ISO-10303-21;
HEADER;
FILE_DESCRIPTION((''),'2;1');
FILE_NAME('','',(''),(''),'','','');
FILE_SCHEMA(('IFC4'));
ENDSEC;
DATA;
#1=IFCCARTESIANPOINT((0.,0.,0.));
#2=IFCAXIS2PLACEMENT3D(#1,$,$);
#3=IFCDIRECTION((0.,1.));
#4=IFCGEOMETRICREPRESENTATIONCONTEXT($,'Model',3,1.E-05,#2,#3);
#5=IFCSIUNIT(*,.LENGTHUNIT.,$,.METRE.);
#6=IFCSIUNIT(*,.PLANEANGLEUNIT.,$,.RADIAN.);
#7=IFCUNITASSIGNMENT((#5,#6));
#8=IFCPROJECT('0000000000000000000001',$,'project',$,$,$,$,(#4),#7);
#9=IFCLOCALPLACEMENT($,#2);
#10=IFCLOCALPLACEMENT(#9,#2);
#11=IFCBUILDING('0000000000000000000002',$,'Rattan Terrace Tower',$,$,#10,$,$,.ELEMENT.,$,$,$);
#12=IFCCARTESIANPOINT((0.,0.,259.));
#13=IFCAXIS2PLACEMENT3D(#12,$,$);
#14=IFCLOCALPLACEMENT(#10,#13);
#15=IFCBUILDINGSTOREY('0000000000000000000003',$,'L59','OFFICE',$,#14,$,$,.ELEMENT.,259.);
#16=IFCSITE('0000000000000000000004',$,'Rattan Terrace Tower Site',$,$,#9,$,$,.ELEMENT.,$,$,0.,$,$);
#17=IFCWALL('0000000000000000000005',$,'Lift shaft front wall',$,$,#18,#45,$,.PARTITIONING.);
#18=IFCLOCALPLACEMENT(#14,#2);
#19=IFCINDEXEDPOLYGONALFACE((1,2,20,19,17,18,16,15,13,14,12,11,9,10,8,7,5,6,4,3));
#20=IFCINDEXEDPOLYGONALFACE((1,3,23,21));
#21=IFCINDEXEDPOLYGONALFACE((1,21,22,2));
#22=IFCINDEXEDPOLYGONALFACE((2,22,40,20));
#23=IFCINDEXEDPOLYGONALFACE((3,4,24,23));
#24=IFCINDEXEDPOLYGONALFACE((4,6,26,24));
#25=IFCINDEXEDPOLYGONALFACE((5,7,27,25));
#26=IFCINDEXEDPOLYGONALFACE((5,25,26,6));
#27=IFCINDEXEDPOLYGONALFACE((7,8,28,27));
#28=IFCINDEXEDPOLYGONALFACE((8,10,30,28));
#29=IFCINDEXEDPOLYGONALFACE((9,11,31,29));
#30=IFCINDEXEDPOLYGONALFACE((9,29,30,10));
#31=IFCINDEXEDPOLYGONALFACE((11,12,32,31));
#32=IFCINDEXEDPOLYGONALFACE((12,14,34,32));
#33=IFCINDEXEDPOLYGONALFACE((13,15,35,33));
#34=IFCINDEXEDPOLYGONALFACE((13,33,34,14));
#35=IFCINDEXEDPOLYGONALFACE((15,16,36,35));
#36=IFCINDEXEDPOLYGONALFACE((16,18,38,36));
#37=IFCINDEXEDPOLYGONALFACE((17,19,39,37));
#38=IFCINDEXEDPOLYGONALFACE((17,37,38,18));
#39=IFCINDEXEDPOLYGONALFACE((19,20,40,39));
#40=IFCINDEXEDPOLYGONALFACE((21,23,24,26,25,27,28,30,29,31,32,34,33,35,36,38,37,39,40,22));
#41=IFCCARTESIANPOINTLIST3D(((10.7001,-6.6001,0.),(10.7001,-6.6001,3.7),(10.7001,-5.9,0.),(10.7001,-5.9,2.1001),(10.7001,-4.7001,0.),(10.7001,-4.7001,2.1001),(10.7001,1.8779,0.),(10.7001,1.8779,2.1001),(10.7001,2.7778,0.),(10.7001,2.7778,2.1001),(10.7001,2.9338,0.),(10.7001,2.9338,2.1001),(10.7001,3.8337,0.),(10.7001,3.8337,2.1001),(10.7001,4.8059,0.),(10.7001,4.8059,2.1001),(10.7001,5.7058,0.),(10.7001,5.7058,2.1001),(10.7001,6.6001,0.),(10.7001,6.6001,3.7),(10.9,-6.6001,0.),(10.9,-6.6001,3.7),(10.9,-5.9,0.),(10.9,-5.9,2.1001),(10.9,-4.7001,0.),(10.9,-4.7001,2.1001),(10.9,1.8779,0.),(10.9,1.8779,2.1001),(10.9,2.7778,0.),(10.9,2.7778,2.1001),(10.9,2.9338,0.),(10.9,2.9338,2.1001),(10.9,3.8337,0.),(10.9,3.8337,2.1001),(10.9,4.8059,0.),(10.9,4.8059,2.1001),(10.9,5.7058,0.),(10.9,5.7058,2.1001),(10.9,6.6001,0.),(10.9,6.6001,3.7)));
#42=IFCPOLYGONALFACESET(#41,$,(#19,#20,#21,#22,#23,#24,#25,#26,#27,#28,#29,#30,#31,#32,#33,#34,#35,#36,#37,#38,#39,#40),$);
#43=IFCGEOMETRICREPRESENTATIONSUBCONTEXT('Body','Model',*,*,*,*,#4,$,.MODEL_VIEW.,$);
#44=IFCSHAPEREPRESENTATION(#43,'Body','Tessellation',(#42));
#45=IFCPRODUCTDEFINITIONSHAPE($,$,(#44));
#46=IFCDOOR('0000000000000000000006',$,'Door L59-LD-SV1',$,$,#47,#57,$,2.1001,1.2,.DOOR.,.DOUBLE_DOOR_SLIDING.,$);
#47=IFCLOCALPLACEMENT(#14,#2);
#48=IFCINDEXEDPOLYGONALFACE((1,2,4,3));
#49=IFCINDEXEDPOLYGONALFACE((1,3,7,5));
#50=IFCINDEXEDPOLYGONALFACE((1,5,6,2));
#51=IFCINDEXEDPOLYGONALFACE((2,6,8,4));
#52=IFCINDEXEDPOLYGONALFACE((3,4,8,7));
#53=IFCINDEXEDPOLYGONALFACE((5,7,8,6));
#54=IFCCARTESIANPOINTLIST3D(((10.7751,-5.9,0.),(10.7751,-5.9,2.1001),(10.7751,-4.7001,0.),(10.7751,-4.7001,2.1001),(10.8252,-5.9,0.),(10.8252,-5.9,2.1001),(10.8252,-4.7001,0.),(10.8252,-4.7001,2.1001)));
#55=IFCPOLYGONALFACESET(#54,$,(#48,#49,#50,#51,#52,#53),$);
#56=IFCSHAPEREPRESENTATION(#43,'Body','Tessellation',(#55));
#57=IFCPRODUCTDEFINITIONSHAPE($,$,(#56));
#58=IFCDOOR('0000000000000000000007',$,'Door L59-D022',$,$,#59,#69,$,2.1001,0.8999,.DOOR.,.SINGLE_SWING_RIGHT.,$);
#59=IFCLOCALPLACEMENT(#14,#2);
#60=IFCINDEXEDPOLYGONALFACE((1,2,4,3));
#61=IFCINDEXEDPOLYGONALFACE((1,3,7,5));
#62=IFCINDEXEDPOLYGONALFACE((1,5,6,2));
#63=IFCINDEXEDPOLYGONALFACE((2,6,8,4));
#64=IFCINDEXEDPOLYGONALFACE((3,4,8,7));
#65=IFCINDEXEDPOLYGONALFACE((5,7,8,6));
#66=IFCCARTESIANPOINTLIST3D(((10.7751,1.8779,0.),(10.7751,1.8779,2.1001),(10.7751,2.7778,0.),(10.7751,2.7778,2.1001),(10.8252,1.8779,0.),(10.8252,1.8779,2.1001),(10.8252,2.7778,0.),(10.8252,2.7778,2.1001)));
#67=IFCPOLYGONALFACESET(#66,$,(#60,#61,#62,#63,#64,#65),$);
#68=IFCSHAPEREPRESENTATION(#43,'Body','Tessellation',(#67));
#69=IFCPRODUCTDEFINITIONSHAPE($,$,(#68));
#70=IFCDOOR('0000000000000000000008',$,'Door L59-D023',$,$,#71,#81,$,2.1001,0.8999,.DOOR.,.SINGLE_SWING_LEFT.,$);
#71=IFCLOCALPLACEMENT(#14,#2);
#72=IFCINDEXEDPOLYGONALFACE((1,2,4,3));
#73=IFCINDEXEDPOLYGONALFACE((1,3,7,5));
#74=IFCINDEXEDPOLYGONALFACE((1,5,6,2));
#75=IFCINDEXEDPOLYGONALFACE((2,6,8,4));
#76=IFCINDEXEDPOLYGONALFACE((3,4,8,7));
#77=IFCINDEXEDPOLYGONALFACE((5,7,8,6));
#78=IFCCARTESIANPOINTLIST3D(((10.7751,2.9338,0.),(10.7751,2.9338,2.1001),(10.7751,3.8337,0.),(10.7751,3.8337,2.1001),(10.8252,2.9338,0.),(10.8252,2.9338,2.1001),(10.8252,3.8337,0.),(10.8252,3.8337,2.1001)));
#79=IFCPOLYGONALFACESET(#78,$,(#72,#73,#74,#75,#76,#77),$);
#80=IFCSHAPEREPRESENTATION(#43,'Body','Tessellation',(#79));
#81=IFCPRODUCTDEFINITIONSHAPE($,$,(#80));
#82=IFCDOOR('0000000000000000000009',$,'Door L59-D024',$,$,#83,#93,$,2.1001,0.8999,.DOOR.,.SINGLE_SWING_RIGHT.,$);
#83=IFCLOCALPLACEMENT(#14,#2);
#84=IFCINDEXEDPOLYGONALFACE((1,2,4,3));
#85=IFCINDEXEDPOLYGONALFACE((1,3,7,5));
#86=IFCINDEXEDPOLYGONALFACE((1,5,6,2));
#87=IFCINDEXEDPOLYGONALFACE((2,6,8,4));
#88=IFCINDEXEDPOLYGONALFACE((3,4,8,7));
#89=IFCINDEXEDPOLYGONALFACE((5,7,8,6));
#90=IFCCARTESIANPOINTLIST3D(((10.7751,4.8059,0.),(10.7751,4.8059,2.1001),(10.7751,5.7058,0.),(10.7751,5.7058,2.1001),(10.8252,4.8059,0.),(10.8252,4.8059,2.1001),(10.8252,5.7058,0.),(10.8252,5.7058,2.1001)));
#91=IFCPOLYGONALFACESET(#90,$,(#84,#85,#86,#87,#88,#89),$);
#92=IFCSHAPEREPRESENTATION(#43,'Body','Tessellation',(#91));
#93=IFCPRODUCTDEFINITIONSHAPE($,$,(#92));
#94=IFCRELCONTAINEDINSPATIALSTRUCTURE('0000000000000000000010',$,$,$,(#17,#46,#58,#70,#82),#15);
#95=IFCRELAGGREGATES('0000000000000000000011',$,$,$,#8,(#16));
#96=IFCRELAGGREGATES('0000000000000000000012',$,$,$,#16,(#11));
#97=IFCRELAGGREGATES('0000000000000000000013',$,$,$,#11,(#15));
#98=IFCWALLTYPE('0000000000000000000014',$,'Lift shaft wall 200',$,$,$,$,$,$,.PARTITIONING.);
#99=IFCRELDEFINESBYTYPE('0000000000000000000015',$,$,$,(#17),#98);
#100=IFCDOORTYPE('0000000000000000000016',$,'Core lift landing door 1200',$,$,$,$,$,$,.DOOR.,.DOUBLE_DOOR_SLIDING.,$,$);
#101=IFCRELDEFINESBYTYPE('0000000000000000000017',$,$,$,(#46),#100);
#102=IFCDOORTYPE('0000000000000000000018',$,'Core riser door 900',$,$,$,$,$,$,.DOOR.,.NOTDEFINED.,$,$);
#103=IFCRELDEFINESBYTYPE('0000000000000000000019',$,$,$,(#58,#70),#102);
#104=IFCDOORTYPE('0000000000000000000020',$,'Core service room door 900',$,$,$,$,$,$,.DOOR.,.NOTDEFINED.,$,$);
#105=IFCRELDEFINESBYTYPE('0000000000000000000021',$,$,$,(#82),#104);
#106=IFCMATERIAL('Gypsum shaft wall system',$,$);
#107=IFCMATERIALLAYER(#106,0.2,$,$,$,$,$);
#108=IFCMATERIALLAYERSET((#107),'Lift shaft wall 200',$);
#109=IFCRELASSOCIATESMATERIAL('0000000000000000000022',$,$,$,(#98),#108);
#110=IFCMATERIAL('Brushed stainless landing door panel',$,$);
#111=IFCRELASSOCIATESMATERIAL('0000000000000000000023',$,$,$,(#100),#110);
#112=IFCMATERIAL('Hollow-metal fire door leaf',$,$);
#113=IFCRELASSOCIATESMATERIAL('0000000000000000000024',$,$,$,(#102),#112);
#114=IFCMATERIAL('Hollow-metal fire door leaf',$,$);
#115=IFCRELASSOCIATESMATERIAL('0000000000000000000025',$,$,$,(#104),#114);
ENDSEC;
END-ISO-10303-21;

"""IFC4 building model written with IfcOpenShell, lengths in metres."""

from ifc_helpers import new_model, si_unit, direction, frame, frame_2d, origin, place, context, subcontext, project, spatial, rectangle, extrude, material, layer, layer_set, type_object, element, fill, save


model = new_model("IFC4")

# Units and contexts
model_context = context("Model", 3, precision=1e-05, world=origin(), true_north=direction((0.0, 1.0)))
body_context = subcontext(model_context, "Body", "Model", "MODEL_VIEW")
ifc_project = project(units=[si_unit("LENGTHUNIT", "METRE"), si_unit("PLANEANGLEUNIT", "RADIAN")], contexts=[model_context])

# Site, building, storey
site_placement = place(None, origin())
site = spatial("IfcSite", under=ifc_project, at=site_placement, Name="Rattan Terrace Tower Site", CompositionType="ELEMENT", RefElevation=0.0)
building_placement = place(site_placement, origin())
building = spatial("IfcBuilding", under=site, at=building_placement, Name="Rattan Terrace Tower", CompositionType="ELEMENT")
storey_placement = place(building_placement, frame((0.0, 0.0, 259.0)))
storey = spatial("IfcBuildingStorey", under=building, at=storey_placement, Name="L59", Description="OFFICE", CompositionType="ELEMENT", Elevation=259.0)

# Wall, openings, doors
ifc_material_1 = material(Name="Gypsum shaft wall system")
ifc_layer_1 = layer(ifc_material_1, 0.2)
ifc_layer_set_1 = layer_set([ifc_layer_1], Name="Lift shaft wall 200")
wall_type_1 = type_object("IfcWallType", Name="Lift shaft wall 200", PredefinedType="PARTITIONING", material=ifc_layer_set_1)
wall_1_placement = place(storey_placement, frame((10.8, -6.6001, 0.0), z_axis=(0.0, 0.0, 1.0), x_axis=(0.0, 1.0, 0.0)))
wall_1 = element("IfcWall", 1, at=wall_1_placement, inside=storey, type_object=wall_type_1, Name="Lift shaft front wall", PredefinedType="PARTITIONING", context=body_context, shape_type="SweptSolid", body=[
    extrude(rectangle(XDim=13.2002, YDim=0.2, at=frame_2d((6.6001, 0.0))), origin(), (0.0, 0.0, 1.0), 3.7),
])
opening_1_placement = place(wall_1_placement, frame((0.7, 0.0, 0.0)))
opening_1 = element("IfcOpeningElement", 2, at=opening_1_placement, cuts=wall_1, PredefinedType="OPENING", context=body_context, shape_type="SweptSolid", body=[
    extrude(rectangle(XDim=1.2, YDim=2.1001, at=frame_2d((0.6001, 1.05))), frame((0.0, 0.1106, 0.0), z_axis=(0.0, -1.0, 0.0), x_axis=(1.0, 0.0, 0.0)), (0.0, 0.0, 1.0), 0.2209),
])
opening_2_placement = place(wall_1_placement, frame((8.478, 0.0, 0.0)))
opening_2 = element("IfcOpeningElement", 3, at=opening_2_placement, cuts=wall_1, PredefinedType="OPENING", context=body_context, shape_type="SweptSolid", body=[
    extrude(rectangle(XDim=0.8999, YDim=2.1001, at=frame_2d((0.45, 1.05))), frame((0.0, 0.1106, 0.0), z_axis=(0.0, -1.0, 0.0), x_axis=(1.0, 0.0, 0.0)), (0.0, 0.0, 1.0), 0.2209),
])
opening_3_placement = place(wall_1_placement, frame((9.5339, 0.0, 0.0)))
opening_3 = element("IfcOpeningElement", 4, at=opening_3_placement, cuts=wall_1, PredefinedType="OPENING", context=body_context, shape_type="SweptSolid", body=[
    extrude(rectangle(XDim=0.8999, YDim=2.1001, at=frame_2d((0.45, 1.05))), frame((0.0, 0.1106, 0.0), z_axis=(0.0, -1.0, 0.0), x_axis=(1.0, 0.0, 0.0)), (0.0, 0.0, 1.0), 0.2209),
])
opening_4_placement = place(wall_1_placement, frame((11.406, 0.0, 0.0)))
opening_4 = element("IfcOpeningElement", 5, at=opening_4_placement, cuts=wall_1, PredefinedType="OPENING", context=body_context, shape_type="SweptSolid", body=[
    extrude(rectangle(XDim=0.8999, YDim=2.1001, at=frame_2d((0.45, 1.05))), frame((0.0, 0.1106, 0.0), z_axis=(0.0, -1.0, 0.0), x_axis=(1.0, 0.0, 0.0)), (0.0, 0.0, 1.0), 0.2209),
])
ifc_material_2 = material(Name="Brushed stainless landing door panel")
door_type_1 = type_object("IfcDoorType", Name="Core lift landing door 1200", OperationType="DOUBLE_DOOR_SLIDING", PredefinedType="DOOR", material=ifc_material_2)
door_1_placement = place(opening_1_placement, origin())
door_1 = element("IfcDoor", 6, at=door_1_placement, inside=storey, type_object=door_type_1, Name="Door L59-LD-SV1", OperationType="DOUBLE_DOOR_SLIDING", OverallHeight=2.1001, OverallWidth=1.2, PredefinedType="DOOR", context=body_context, shape_type="SweptSolid", body=[
    extrude(rectangle(XDim=1.2, YDim=2.1001, at=frame_2d((0.6001, 1.05))), frame((0.0, 0.0249, 0.0), z_axis=(0.0, -1.0, 0.0), x_axis=(1.0, 0.0, 0.0)), (0.0, 0.0, 1.0), 0.05),
])
fill(opening_1, door_1)
ifc_material_3 = material(Name="Hollow-metal fire door leaf")
door_type_2 = type_object("IfcDoorType", Name="Core riser door 900", OperationType="NOTDEFINED", PredefinedType="DOOR", material=ifc_material_3)
door_2_placement = place(opening_2_placement, origin())
door_2 = element("IfcDoor", 7, at=door_2_placement, inside=storey, type_object=door_type_2, Name="Door L59-D022", OperationType="SINGLE_SWING_RIGHT", OverallHeight=2.1001, OverallWidth=0.8999, PredefinedType="DOOR", context=body_context, shape_type="SweptSolid", body=[
    extrude(rectangle(XDim=0.8999, YDim=2.1001, at=frame_2d((0.45, 1.05))), frame((0.0, 0.0249, 0.0), z_axis=(0.0, -1.0, 0.0), x_axis=(1.0, 0.0, 0.0)), (0.0, 0.0, 1.0), 0.05),
])
fill(opening_2, door_2)
door_3_placement = place(opening_3_placement, origin())
door_3 = element("IfcDoor", 8, at=door_3_placement, inside=storey, type_object=door_type_2, Name="Door L59-D023", OperationType="SINGLE_SWING_LEFT", OverallHeight=2.1001, OverallWidth=0.8999, PredefinedType="DOOR", context=body_context, shape_type="SweptSolid", body=[
    extrude(rectangle(XDim=0.8999, YDim=2.1001, at=frame_2d((0.45, 1.05))), frame((0.0, 0.0249, 0.0), z_axis=(0.0, -1.0, 0.0), x_axis=(1.0, 0.0, 0.0)), (0.0, 0.0, 1.0), 0.05),
])
fill(opening_3, door_3)
ifc_material_4 = material(Name="Hollow-metal fire door leaf")
door_type_3 = type_object("IfcDoorType", Name="Core service room door 900", OperationType="NOTDEFINED", PredefinedType="DOOR", material=ifc_material_4)
door_4_placement = place(opening_4_placement, origin())
door_4 = element("IfcDoor", 9, at=door_4_placement, inside=storey, type_object=door_type_3, Name="Door L59-D024", OperationType="SINGLE_SWING_RIGHT", OverallHeight=2.1001, OverallWidth=0.8999, PredefinedType="DOOR", context=body_context, shape_type="SweptSolid", body=[
    extrude(rectangle(XDim=0.8999, YDim=2.1001, at=frame_2d((0.45, 1.05))), frame((0.0, 0.0249, 0.0), z_axis=(0.0, -1.0, 0.0), x_axis=(1.0, 0.0, 0.0)), (0.0, 0.0, 1.0), 0.05),
])
fill(opening_4, door_4)

save(model, "model.ifc")
